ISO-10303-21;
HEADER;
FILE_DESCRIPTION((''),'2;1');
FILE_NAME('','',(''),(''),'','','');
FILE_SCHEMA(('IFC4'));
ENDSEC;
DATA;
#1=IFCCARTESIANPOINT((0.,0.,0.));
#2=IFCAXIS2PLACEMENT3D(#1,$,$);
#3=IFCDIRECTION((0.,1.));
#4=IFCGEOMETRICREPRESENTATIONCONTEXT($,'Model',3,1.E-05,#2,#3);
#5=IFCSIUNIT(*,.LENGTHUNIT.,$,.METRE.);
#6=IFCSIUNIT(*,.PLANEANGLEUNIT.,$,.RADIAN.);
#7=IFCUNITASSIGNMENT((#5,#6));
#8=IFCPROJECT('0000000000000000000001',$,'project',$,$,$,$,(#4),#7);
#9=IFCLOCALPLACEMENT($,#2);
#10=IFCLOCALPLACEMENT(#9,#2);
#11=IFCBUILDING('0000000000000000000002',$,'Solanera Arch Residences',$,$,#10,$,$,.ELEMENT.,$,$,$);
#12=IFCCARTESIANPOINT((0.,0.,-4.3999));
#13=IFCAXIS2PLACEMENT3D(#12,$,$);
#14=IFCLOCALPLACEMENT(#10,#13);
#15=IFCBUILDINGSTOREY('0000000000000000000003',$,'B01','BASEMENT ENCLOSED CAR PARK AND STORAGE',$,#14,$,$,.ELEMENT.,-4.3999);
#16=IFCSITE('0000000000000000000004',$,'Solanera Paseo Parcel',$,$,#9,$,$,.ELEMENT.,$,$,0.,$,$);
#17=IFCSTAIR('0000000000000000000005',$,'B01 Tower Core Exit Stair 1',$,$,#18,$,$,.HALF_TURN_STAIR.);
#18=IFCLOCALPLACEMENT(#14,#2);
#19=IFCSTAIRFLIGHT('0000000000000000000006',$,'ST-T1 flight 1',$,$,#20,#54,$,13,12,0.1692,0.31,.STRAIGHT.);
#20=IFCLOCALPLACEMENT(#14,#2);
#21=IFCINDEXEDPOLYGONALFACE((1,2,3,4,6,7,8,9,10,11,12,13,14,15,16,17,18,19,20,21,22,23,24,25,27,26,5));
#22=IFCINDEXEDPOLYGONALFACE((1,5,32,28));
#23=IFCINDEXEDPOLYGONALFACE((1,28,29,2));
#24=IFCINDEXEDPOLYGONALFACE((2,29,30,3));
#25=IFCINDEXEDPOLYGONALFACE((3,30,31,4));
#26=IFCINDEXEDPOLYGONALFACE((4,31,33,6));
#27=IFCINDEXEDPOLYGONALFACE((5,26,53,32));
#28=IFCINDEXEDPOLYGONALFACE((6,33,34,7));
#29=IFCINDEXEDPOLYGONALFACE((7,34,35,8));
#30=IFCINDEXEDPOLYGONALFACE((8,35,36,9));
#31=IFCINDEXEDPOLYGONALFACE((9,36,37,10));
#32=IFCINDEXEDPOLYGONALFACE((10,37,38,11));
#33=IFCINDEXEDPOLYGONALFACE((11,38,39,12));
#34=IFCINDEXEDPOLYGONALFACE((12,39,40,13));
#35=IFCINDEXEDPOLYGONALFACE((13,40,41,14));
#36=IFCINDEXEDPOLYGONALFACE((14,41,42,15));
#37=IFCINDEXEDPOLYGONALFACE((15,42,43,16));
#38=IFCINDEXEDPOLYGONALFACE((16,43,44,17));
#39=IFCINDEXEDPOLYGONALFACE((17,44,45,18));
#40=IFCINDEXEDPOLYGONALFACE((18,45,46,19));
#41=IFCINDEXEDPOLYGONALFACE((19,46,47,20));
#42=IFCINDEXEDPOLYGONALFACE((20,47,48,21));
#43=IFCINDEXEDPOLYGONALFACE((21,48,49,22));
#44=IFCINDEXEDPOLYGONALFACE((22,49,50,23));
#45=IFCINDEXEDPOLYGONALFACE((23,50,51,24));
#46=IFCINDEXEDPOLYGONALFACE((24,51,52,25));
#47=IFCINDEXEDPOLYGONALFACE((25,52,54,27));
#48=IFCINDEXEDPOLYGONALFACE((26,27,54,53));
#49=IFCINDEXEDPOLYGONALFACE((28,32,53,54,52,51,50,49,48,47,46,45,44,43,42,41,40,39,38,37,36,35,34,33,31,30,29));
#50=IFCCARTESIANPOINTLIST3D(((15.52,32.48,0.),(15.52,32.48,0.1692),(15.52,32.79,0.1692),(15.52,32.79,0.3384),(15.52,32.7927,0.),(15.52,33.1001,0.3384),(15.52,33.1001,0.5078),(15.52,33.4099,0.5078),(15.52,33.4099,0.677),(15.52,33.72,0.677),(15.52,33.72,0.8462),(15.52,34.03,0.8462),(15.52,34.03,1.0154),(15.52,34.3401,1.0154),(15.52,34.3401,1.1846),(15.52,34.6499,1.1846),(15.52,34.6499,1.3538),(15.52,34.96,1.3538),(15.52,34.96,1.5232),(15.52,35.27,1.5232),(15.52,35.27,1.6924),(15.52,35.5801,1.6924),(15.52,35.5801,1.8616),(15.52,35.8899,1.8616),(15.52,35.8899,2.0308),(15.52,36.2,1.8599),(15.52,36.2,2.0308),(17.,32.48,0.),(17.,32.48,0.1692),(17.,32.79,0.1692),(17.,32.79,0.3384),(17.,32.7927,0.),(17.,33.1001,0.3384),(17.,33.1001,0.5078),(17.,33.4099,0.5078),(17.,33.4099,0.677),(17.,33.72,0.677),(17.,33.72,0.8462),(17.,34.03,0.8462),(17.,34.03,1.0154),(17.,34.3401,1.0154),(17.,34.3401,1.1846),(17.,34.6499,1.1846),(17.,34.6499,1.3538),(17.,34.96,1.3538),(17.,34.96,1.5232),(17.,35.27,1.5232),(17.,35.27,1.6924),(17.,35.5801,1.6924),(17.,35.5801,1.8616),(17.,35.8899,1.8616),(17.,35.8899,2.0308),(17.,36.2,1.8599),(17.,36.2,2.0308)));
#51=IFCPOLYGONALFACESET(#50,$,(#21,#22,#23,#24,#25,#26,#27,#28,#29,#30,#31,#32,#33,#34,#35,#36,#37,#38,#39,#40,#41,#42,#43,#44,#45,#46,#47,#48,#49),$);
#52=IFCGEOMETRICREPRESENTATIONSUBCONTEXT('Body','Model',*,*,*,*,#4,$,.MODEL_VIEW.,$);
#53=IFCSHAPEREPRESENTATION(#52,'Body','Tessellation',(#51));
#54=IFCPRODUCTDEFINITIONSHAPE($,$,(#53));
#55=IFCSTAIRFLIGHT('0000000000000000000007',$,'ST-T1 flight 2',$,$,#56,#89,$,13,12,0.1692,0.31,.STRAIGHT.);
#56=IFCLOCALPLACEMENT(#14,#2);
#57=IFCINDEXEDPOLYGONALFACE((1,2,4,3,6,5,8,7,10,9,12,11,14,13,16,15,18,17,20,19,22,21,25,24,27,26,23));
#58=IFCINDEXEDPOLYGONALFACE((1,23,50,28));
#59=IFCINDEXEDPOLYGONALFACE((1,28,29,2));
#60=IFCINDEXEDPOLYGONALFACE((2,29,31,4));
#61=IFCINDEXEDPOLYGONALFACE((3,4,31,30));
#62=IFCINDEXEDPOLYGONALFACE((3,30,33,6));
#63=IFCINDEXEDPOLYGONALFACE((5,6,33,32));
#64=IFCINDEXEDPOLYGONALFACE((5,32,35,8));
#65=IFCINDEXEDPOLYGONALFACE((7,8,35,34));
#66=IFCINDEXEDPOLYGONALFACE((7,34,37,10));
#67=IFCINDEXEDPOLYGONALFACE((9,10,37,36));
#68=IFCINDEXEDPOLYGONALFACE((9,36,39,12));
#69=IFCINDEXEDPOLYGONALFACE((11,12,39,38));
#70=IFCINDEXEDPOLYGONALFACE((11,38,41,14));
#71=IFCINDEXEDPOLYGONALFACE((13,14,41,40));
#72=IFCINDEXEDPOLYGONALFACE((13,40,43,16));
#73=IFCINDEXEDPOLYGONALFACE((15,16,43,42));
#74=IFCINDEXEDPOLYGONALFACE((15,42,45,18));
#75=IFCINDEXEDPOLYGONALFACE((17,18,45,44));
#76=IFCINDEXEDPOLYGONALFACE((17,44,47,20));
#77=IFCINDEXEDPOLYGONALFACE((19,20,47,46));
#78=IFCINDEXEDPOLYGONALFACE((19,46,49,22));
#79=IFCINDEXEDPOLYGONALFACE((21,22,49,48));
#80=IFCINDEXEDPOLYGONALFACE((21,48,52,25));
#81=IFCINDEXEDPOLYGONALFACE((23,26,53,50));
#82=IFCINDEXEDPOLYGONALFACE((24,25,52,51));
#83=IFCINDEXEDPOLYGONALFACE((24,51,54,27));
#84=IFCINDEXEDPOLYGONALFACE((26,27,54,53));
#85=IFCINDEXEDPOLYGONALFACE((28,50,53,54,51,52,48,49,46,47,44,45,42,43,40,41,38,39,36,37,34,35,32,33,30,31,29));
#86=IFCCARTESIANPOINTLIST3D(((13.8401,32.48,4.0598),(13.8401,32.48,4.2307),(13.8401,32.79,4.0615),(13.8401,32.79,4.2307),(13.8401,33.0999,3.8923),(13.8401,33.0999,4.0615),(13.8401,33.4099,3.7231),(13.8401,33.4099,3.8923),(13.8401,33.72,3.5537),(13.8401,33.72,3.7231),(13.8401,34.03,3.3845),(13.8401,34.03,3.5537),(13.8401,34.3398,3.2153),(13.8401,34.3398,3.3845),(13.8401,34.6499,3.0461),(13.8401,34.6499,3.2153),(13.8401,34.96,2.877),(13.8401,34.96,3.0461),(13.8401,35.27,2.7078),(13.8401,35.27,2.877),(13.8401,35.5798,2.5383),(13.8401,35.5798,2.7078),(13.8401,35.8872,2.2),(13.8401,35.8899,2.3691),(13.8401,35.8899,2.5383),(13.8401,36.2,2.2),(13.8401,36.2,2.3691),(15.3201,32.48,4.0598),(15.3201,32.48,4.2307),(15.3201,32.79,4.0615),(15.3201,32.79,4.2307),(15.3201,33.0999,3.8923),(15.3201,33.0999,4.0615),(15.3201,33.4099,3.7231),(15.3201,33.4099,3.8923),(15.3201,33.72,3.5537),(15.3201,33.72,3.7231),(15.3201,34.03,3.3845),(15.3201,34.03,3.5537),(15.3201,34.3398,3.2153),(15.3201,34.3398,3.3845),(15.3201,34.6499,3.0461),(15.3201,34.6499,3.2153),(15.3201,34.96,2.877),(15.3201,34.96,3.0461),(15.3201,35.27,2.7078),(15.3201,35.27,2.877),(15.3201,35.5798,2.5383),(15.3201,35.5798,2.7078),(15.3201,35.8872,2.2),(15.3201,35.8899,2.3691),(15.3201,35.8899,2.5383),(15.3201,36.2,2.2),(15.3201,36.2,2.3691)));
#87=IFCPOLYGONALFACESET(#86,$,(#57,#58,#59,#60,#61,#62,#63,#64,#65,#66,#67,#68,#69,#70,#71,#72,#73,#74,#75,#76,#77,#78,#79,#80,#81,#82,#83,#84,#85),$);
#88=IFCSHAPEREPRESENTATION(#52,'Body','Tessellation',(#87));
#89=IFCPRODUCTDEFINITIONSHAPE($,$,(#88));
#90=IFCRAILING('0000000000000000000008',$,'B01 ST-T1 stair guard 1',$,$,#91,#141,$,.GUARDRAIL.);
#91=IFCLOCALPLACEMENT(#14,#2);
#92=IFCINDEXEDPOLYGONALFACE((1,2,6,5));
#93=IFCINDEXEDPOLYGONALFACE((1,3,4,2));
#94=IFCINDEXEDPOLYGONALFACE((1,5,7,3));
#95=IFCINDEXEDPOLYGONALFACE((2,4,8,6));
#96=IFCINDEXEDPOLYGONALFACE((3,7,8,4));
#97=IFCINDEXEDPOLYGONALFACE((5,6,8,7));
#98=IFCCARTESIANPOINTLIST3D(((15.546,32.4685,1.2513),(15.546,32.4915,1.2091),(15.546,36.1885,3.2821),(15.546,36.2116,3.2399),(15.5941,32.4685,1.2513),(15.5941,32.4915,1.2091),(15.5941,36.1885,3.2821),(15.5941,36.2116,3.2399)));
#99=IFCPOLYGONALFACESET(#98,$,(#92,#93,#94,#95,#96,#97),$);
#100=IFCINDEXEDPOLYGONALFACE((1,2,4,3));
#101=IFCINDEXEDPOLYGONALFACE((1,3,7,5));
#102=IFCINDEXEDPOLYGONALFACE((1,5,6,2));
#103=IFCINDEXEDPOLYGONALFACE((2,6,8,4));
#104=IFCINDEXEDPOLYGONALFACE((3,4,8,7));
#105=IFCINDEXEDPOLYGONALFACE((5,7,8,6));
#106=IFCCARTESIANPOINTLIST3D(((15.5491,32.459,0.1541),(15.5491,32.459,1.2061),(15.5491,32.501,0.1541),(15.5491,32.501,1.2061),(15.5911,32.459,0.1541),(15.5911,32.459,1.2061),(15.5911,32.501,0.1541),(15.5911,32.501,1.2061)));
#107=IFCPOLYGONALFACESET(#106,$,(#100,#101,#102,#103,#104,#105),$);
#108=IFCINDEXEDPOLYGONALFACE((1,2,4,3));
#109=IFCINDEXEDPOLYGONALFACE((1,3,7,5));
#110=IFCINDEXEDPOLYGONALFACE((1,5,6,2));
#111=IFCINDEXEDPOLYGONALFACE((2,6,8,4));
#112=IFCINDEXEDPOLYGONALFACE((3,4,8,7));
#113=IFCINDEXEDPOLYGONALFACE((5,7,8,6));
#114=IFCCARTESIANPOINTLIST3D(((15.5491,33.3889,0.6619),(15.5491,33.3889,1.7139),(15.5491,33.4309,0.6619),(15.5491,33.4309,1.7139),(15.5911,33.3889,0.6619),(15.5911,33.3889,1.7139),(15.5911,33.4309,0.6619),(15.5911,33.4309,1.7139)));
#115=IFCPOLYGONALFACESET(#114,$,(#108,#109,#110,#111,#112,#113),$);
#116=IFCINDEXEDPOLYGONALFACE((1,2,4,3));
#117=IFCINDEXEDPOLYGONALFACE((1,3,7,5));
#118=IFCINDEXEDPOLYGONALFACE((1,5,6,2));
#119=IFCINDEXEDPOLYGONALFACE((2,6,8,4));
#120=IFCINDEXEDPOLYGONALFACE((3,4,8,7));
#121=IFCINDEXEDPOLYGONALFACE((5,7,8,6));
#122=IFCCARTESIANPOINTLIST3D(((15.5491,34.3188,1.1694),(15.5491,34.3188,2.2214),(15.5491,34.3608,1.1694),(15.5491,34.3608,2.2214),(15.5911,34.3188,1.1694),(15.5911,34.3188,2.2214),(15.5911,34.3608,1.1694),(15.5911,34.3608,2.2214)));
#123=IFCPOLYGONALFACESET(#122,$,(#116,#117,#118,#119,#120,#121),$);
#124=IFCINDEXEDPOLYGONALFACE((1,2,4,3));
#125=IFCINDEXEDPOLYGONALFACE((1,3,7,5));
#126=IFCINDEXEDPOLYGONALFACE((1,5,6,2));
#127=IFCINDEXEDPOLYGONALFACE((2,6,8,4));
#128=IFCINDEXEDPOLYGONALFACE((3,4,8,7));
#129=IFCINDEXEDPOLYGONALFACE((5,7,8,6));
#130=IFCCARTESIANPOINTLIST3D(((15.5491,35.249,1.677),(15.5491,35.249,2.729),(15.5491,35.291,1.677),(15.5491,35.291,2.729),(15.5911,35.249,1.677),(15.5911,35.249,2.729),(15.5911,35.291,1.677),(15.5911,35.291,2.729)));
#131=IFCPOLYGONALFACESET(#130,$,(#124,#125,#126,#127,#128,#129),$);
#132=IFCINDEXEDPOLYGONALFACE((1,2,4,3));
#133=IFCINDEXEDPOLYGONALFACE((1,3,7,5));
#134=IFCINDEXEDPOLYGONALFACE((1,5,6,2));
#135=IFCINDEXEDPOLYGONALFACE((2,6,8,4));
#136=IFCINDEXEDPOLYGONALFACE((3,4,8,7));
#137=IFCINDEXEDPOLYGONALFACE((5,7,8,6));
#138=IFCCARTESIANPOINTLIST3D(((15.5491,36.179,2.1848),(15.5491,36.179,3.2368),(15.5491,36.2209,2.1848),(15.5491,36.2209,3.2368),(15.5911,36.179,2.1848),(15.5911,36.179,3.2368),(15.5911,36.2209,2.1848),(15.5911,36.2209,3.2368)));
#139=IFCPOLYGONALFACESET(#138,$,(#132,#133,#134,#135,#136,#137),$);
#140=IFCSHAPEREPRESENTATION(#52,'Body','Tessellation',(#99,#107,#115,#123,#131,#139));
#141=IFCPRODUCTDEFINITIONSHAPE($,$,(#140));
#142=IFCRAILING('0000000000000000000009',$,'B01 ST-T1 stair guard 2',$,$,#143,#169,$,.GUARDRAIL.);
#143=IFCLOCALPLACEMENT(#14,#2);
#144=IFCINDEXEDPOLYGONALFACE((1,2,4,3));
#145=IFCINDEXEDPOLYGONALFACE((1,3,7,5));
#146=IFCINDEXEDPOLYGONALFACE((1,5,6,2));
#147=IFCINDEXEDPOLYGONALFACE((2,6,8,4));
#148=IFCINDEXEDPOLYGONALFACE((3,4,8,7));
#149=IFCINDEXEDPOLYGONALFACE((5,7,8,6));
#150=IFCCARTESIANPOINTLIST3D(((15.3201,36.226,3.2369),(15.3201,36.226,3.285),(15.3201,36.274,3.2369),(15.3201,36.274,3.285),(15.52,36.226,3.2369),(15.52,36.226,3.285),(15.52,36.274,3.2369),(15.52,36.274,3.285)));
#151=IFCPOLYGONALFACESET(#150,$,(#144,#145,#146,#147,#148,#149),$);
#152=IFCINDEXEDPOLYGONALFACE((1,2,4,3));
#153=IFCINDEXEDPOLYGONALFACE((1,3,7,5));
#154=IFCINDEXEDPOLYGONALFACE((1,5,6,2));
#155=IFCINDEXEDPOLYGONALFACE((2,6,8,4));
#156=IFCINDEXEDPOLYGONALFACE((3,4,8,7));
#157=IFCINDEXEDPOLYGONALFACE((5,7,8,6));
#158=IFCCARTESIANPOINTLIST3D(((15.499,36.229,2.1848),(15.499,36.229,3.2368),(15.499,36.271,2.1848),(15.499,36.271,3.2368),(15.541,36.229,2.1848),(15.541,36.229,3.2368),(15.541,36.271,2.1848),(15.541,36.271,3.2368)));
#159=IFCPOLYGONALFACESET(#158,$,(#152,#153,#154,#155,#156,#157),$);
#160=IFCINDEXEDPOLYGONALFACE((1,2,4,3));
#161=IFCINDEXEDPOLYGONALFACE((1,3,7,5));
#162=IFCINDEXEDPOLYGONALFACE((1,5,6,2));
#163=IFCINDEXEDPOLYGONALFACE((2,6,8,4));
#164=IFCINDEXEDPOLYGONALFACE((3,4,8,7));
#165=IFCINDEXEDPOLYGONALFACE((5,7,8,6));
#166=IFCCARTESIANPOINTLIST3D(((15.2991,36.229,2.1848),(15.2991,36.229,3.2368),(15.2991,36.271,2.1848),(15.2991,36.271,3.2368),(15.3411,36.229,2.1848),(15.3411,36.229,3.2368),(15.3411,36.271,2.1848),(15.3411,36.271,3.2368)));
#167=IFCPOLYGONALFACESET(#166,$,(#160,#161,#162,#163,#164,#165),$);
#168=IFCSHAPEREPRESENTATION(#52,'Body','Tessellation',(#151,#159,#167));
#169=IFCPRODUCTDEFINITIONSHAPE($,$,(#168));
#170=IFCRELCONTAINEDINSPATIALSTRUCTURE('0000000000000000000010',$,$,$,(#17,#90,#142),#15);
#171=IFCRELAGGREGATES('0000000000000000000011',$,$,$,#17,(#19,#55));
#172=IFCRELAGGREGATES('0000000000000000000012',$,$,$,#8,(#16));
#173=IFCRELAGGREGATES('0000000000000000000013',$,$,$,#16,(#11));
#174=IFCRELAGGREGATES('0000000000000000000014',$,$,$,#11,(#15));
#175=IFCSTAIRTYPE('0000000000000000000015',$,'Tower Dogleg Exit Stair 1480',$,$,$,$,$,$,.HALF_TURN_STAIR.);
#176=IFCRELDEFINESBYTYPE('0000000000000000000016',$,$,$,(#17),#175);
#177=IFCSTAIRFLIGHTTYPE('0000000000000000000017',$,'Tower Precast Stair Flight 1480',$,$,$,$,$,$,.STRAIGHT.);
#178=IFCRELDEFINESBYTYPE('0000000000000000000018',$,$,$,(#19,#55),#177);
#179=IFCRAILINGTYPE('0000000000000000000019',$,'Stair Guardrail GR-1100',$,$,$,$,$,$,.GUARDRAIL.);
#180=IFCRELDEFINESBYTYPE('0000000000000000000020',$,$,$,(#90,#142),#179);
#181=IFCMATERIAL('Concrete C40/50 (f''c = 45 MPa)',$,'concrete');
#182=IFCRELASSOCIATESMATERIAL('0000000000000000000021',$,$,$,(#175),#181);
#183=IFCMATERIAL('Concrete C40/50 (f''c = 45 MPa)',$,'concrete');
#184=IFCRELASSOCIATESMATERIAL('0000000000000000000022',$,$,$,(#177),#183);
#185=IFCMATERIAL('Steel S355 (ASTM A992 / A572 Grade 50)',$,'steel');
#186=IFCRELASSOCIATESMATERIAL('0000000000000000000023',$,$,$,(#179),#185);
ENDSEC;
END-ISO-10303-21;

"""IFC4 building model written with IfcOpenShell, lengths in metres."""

from ifc_helpers import new_model, si_unit, direction, frame, origin, origin_2d, place, context, subcontext, project, spatial, polyline, rectangle, outline, extrude, material, type_object, element, aggregate, save


model = new_model("IFC4")

# Units and contexts
model_context = context("Model", 3, precision=1e-05, world=origin(), true_north=direction((0.0, 1.0)))
body_context = subcontext(model_context, "Body", "Model", "MODEL_VIEW")
ifc_project = project(units=[si_unit("LENGTHUNIT", "METRE"), si_unit("PLANEANGLEUNIT", "RADIAN")], contexts=[model_context])

# Site, building, storey
site_placement = place(None, origin())
site = spatial("IfcSite", under=ifc_project, at=site_placement, Name="Solanera Paseo Parcel", CompositionType="ELEMENT", RefElevation=0.0)
building_placement = place(site_placement, origin())
building = spatial("IfcBuilding", under=site, at=building_placement, Name="Solanera Arch Residences", CompositionType="ELEMENT")
storey_placement = place(building_placement, frame((0.0, 0.0, -4.3999)))
storey = spatial("IfcBuildingStorey", under=building, at=storey_placement, Name="B01", Description="BASEMENT ENCLOSED CAR PARK AND STORAGE", CompositionType="ELEMENT", Elevation=-4.3999)

# Stair, stair flights
ifc_material_1 = material(Name="Concrete C40/50 (f'c = 45 MPa)", Category="concrete")
stair_type = type_object("IfcStairType", Name="Tower Dogleg Exit Stair 1480", PredefinedType="HALF_TURN_STAIR", material=ifc_material_1)
stair_placement = place(storey_placement, origin())
stair = element("IfcStair", 1, at=stair_placement, inside=storey, type_object=stair_type, Name="B01 Tower Core Exit Stair 1", PredefinedType="HALF_TURN_STAIR")
ifc_material_2 = material(Name="Concrete C40/50 (f'c = 45 MPa)", Category="concrete")
stair_flight_type = type_object("IfcStairFlightType", Name="Tower Precast Stair Flight 1480", PredefinedType="STRAIGHT", material=ifc_material_2)
stair_flight_1_placement = place(storey_placement, frame((16.26, 32.48, 0.0), z_axis=(0.0, 0.0, 1.0), x_axis=(0.0, 1.0, 0.0)))
stair_flight_1 = element("IfcStairFlight", 2, at=stair_flight_1_placement, type_object=stair_flight_type, Name="ST-T1 flight 1", NumberOfRisers=13, NumberOfTreads=12, PredefinedType="STRAIGHT", RiserHeight=0.1692, TreadLength=0.31, context=body_context, shape_type="SweptSolid", body=[
    extrude(outline(polyline([(0.0, 0.0), (0.0, 0.1692), (0.3101, 0.1692), (0.3101, 0.3384), (0.6201, 0.3384), (0.6201, 0.5078), (0.9299, 0.5078), (0.9299, 0.677), (1.24, 0.677), (1.24, 0.8462), (1.55, 0.8462), (1.55, 1.0154), (1.8601, 1.0154), (1.8601, 1.1846), (2.1699, 1.1846), (2.1699, 1.3538), (2.48, 1.3538), (2.48, 1.5232), (2.79, 1.5232), (2.79, 1.6924), (3.1001, 1.6924), (3.1001, 1.8616), (3.4099, 1.8616), (3.4099, 2.0308), (3.72, 2.0308), (3.72, 2.2), (3.72, 1.8599), (0.3127, 0.0), (0.0, 0.0)])), frame((0.0, 0.74, 0.0), z_axis=(0.0, -1.0, 0.0), x_axis=(1.0, 0.0, 0.0)), (0.0, 0.0, 1.0), 1.48),
])
stair_flight_2_placement = place(storey_placement, frame((14.5801, 36.2, 2.2), z_axis=(0.0, 0.0, 1.0), x_axis=(0.0, -1.0, 0.0)))
stair_flight_2 = element("IfcStairFlight", 3, at=stair_flight_2_placement, type_object=stair_flight_type, Name="ST-T1 flight 2", NumberOfRisers=13, NumberOfTreads=12, PredefinedType="STRAIGHT", RiserHeight=0.1692, TreadLength=0.31, context=body_context, shape_type="SweptSolid", body=[
    extrude(outline(polyline([(0.0, 0.0), (0.0, 0.1692), (0.3101, 0.1692), (0.3101, 0.3384), (0.6201, 0.3384), (0.6201, 0.5078), (0.9299, 0.5078), (0.9299, 0.677), (1.24, 0.677), (1.24, 0.8462), (1.55, 0.8462), (1.55, 1.0154), (1.8601, 1.0154), (1.8601, 1.1846), (2.1699, 1.1846), (2.1699, 1.3538), (2.48, 1.3538), (2.48, 1.5232), (2.79, 1.5232), (2.79, 1.6924), (3.1001, 1.6924), (3.1001, 1.8616), (3.4099, 1.8616), (3.4099, 2.0308), (3.72, 2.0308), (3.72, 2.2), (3.72, 1.8599), (0.3127, 0.0), (0.0, 0.0)])), frame((0.0, 0.74, 0.0), z_axis=(0.0, -1.0, 0.0), x_axis=(1.0, 0.0, 0.0)), (0.0, 0.0, 1.0), 1.48),
])
aggregate(stair, [stair_flight_1, stair_flight_2])

# Railings
ifc_material_3 = material(Name="Steel S355 (ASTM A992 / A572 Grade 50)", Category="steel")
railing_type_1 = type_object("IfcRailingType", Name="Stair Guardrail GR-1100", PredefinedType="GUARDRAIL", material=ifc_material_3)
railing_1_placement = place(storey_placement, frame((15.5701, 32.48, 0.1541)))
element("IfcRailing", 4, at=railing_1_placement, inside=storey, type_object=railing_type_1, Name="B01 ST-T1 stair guard 1", PredefinedType="GUARDRAIL", context=body_context, shape_type="SweptSolid", body=[
    extrude(rectangle(XDim=0.0481, YDim=0.0481, at=origin_2d()), frame((0.0, 0.0, 1.0762), z_axis=(0.0, 0.877728, 0.479159), x_axis=(-1.0, 0.0, 0.0)), (0.0, 0.0, 1.0), 4.2383),
    extrude(rectangle(XDim=0.042, YDim=0.042, at=origin_2d()), origin(), (0.0, 0.0, 1.0), 1.052),
    extrude(rectangle(XDim=0.042, YDim=0.042, at=origin_2d()), frame((0.0, 0.9299, 0.5078)), (0.0, 0.0, 1.0), 1.052),
    extrude(rectangle(XDim=0.042, YDim=0.042, at=origin_2d()), frame((0.0, 1.8599, 1.0154)), (0.0, 0.0, 1.0), 1.052),
    extrude(rectangle(XDim=0.042, YDim=0.042, at=origin_2d()), frame((0.0, 2.79, 1.5229)), (0.0, 0.0, 1.0), 1.052),
    extrude(rectangle(XDim=0.042, YDim=0.042, at=origin_2d()), frame((0.0, 3.72, 2.0308)), (0.0, 0.0, 1.0), 1.052),
])
railing_2_placement = place(storey_placement, frame((15.52, 36.25, 2.1848)))
element("IfcRailing", 5, at=railing_2_placement, inside=storey, type_object=railing_type_1, Name="B01 ST-T1 stair guard 2", PredefinedType="GUARDRAIL", context=body_context, shape_type="SweptSolid", body=[
    extrude(rectangle(XDim=0.0481, YDim=0.0481, at=origin_2d()), frame((0.0, 0.0, 1.0762), z_axis=(-1.0, 0.0, 0.0), x_axis=(0.0, -1.0, 0.0)), (0.0, 0.0, 1.0), 0.2),
    extrude(rectangle(XDim=0.042, YDim=0.042, at=origin_2d()), origin(), (0.0, 0.0, 1.0), 1.052),
    extrude(rectangle(XDim=0.042, YDim=0.042, at=origin_2d()), frame((-0.2, 0.0, 0.0)), (0.0, 0.0, 1.0), 1.052),
])

save(model, "model.ifc")
